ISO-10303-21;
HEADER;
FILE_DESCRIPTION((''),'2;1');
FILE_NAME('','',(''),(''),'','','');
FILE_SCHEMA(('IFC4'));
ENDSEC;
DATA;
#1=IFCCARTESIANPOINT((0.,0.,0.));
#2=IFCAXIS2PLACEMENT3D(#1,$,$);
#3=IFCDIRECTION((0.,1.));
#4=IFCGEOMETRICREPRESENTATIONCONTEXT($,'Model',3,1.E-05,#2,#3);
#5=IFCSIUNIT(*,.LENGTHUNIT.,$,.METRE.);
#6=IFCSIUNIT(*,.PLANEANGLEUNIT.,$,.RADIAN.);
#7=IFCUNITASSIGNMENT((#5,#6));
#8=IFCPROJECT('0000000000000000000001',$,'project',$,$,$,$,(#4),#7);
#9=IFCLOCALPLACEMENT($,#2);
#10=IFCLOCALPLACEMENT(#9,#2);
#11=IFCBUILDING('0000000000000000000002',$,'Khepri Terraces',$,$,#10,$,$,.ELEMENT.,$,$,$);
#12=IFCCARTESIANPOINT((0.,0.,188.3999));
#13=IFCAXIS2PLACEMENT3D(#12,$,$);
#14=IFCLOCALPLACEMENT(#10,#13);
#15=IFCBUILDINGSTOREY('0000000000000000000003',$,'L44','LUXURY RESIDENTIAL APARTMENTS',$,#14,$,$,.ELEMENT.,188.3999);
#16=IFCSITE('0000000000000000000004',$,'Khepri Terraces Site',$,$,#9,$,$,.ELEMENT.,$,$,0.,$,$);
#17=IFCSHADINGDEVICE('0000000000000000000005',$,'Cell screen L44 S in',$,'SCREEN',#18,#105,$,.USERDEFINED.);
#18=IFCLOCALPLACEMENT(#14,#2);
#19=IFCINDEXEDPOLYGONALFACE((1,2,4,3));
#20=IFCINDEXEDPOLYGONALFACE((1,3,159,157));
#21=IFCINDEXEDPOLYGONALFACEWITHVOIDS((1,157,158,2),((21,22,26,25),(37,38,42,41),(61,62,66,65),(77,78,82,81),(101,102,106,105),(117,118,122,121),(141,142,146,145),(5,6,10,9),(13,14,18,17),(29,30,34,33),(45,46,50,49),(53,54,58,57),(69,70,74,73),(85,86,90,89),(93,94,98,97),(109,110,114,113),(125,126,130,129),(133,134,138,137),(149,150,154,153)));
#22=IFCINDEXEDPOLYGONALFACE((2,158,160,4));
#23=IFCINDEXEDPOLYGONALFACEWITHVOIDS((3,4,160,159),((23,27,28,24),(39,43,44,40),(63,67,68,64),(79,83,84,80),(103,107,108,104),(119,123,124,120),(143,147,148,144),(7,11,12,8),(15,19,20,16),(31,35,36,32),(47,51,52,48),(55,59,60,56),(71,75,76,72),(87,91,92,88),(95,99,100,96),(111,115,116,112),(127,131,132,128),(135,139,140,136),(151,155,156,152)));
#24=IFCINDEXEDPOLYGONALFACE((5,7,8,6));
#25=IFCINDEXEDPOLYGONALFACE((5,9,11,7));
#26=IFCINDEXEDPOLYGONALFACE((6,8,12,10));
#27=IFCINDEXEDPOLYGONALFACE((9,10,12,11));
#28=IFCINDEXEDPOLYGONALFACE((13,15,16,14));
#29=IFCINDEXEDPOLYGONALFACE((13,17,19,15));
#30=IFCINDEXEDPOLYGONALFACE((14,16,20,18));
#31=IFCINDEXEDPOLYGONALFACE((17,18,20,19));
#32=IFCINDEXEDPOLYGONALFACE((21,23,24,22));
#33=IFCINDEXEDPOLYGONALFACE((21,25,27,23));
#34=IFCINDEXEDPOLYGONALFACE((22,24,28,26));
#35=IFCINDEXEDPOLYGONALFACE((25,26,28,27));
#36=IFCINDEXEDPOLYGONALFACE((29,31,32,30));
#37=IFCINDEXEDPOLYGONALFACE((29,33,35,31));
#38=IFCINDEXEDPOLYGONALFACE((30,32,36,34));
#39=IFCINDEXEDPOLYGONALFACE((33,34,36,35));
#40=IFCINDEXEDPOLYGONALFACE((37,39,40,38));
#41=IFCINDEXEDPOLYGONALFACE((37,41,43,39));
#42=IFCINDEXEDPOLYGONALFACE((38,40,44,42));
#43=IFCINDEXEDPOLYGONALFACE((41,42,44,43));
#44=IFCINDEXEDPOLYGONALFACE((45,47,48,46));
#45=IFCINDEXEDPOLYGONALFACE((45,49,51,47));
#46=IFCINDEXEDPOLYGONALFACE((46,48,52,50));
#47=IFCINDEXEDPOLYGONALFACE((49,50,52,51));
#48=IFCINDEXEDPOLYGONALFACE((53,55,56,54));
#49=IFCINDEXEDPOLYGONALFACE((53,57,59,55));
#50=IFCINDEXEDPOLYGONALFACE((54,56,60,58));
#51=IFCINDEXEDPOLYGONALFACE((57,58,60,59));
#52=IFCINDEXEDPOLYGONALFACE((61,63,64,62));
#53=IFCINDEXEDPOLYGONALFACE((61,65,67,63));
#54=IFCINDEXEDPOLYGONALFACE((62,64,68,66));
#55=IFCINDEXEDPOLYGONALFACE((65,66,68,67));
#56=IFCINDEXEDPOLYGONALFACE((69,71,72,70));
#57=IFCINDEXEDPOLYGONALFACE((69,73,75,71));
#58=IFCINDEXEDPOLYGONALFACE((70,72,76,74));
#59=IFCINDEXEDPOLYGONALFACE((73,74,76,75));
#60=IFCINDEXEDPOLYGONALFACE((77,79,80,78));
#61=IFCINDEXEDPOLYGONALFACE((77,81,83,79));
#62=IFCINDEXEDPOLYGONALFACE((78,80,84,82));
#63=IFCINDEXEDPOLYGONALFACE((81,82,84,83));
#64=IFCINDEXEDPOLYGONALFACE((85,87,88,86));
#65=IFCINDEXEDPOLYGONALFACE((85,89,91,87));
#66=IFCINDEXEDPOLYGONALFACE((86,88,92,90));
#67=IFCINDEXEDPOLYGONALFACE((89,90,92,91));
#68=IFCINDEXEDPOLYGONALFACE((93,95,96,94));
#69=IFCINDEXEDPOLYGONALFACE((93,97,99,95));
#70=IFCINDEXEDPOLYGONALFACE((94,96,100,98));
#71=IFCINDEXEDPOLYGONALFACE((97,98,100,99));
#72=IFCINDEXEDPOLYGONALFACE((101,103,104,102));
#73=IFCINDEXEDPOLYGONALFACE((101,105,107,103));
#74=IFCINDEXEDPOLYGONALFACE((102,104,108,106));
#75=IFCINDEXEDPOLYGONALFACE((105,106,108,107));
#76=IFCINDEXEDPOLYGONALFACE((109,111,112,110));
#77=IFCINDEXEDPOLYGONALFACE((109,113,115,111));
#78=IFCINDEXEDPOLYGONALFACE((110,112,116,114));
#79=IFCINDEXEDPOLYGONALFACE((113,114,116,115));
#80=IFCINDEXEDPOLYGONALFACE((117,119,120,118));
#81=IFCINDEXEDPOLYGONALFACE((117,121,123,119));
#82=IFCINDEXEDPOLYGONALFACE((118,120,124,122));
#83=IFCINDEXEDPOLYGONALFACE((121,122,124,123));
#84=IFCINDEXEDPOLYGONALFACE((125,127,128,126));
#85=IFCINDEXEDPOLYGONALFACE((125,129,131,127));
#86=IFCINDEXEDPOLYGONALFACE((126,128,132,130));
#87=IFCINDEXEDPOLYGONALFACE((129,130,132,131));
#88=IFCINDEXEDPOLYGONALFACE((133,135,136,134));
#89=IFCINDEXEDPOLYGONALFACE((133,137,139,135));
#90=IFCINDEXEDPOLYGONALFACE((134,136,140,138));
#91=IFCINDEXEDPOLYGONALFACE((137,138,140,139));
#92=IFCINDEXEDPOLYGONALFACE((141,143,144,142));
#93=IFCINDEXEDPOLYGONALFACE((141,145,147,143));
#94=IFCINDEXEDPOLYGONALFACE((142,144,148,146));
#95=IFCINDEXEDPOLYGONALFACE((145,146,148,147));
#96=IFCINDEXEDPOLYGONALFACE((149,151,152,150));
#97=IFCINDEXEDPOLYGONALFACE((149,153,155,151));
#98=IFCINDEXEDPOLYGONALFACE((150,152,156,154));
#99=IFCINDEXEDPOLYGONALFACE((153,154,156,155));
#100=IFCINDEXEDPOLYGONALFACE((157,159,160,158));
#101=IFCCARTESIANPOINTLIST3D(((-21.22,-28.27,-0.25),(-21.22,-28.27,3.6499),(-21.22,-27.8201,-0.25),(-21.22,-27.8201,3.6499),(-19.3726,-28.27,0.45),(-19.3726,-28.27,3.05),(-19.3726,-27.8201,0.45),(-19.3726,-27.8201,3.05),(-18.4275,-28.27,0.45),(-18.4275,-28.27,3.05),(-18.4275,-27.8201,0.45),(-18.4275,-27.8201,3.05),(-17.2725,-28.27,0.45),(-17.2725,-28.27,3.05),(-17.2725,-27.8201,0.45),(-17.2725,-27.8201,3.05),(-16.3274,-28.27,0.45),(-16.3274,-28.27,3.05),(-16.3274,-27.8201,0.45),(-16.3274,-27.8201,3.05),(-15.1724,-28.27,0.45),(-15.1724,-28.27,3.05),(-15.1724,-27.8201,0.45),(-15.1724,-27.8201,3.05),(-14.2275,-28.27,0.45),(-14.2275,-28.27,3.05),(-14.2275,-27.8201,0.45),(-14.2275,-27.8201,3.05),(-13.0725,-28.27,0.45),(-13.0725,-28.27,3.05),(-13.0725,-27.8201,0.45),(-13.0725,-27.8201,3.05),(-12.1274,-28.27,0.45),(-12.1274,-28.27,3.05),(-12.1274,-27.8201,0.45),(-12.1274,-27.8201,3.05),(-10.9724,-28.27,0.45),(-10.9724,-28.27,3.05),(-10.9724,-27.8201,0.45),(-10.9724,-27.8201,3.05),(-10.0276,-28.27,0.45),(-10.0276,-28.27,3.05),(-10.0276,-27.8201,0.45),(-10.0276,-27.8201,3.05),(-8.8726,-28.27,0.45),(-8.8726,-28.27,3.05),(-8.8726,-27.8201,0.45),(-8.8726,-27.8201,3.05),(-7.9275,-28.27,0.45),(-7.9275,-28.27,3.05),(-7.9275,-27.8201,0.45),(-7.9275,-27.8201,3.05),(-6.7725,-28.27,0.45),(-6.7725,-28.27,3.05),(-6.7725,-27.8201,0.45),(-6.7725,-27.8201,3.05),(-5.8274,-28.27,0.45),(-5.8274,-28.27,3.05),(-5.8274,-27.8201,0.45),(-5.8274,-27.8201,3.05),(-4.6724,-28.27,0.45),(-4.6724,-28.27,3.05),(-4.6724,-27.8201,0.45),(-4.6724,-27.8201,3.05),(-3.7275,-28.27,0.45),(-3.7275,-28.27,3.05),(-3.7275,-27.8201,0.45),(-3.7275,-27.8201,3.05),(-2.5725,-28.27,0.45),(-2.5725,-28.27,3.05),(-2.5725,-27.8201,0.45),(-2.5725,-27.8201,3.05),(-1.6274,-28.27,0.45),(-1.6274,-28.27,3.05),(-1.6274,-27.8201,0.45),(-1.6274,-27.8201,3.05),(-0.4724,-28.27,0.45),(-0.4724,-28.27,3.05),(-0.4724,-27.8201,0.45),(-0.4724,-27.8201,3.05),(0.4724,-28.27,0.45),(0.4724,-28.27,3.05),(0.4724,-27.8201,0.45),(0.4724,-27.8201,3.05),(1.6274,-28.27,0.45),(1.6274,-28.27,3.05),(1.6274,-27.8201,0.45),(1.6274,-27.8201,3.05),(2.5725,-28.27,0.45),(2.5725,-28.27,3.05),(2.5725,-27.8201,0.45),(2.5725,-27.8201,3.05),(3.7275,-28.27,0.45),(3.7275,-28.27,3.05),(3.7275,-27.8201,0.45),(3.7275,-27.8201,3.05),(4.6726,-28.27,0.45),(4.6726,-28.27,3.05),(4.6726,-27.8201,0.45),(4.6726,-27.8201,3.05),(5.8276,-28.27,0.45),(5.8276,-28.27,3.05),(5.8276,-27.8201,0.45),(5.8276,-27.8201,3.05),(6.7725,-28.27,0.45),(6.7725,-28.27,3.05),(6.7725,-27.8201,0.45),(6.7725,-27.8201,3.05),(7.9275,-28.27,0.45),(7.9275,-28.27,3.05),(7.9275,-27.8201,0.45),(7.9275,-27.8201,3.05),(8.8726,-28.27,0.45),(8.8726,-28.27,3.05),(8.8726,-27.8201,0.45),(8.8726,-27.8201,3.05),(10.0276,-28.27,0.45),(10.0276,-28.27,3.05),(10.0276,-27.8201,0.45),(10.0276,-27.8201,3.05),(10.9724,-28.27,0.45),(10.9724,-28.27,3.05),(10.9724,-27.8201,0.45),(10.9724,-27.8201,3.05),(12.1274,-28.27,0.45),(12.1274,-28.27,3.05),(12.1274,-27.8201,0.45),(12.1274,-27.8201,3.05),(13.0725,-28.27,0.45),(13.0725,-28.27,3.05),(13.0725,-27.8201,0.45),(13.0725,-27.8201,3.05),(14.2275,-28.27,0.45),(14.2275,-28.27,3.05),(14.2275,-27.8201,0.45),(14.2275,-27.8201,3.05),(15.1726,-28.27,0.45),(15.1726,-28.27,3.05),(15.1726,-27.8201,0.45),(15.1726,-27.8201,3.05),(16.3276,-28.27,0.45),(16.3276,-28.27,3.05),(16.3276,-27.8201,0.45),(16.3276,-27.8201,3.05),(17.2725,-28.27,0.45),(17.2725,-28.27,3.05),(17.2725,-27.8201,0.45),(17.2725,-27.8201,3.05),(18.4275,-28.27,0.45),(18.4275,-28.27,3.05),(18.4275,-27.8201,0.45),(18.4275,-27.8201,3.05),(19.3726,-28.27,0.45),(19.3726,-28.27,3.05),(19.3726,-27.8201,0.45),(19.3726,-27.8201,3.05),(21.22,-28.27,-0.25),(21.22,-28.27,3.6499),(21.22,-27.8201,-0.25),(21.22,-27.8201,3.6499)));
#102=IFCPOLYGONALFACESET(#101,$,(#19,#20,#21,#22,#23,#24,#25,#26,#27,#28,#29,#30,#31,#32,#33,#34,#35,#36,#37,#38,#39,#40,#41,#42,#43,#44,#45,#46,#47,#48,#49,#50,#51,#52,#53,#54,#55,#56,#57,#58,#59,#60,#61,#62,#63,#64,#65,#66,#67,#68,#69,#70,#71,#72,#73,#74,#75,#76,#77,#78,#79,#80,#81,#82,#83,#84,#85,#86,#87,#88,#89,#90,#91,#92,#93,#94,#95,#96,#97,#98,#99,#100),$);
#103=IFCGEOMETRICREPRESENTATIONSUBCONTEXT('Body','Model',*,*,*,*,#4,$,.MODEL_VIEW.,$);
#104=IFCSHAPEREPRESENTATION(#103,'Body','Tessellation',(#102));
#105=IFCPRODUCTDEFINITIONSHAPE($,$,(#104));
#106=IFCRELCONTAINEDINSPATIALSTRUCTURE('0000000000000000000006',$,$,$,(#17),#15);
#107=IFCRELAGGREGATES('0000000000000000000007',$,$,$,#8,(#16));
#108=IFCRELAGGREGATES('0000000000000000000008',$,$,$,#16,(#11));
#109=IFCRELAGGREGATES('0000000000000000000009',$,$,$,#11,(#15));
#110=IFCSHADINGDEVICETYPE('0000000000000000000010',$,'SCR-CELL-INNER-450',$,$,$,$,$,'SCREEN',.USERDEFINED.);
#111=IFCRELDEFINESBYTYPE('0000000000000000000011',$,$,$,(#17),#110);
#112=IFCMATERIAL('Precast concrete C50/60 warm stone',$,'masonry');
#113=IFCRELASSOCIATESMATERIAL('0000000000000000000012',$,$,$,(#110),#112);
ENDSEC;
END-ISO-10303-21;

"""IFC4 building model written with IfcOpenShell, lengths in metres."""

from ifc_helpers import new_model, si_unit, direction, frame, origin, place, context, subcontext, project, spatial, polyline, outline, extrude, material, type_object, element, save


model = new_model("IFC4")

# Units and contexts
model_context = context("Model", 3, precision=1e-05, world=origin(), true_north=direction((0.0, 1.0)))
body_context = subcontext(model_context, "Body", "Model", "MODEL_VIEW")
ifc_project = project(units=[si_unit("LENGTHUNIT", "METRE"), si_unit("PLANEANGLEUNIT", "RADIAN")], contexts=[model_context])

# Site, building, storey
site_placement = place(None, origin())
site = spatial("IfcSite", under=ifc_project, at=site_placement, Name="Khepri Terraces Site", CompositionType="ELEMENT", RefElevation=0.0)
building_placement = place(site_placement, origin())
building = spatial("IfcBuilding", under=site, at=building_placement, Name="Khepri Terraces", CompositionType="ELEMENT")
storey_placement = place(building_placement, frame((0.0, 0.0, 188.3999)))
storey = spatial("IfcBuildingStorey", under=building, at=storey_placement, Name="L44", Description="LUXURY RESIDENTIAL APARTMENTS", CompositionType="ELEMENT", Elevation=188.3999)

# Shared definitions
ifc_material_1 = material(Name="Precast concrete C50/60 warm stone", Category="masonry")

# Shading device
shading_device_type_1 = type_object("IfcShadingDeviceType", Name="SCR-CELL-INNER-450", ElementType="SCREEN", PredefinedType="USERDEFINED", material=ifc_material_1)
shading_device_1_placement = place(storey_placement, frame((-21.22, -27.8201, -0.25), z_axis=(0.0, -1.0, 0.0), x_axis=(1.0, 0.0, 0.0)))
element("IfcShadingDevice", 1, at=shading_device_1_placement, inside=storey, type_object=shading_device_type_1, Name="Cell screen L44 S in", ObjectType="SCREEN", PredefinedType="USERDEFINED", context=body_context, shape_type="SweptSolid", body=[
    extrude(outline(polyline([(0.0, 0.0), (42.4399, 0.0), (42.4399, 3.8999), (0.0, 3.8999), (0.0, 0.0)]), holes=[polyline([(1.8474, 0.7), (2.7925, 0.7), (2.7925, 3.3), (1.8474, 3.3), (1.8474, 0.7)]), polyline([(3.9475, 0.7), (4.8926, 0.7), (4.8926, 3.3), (3.9475, 3.3), (3.9475, 0.7)]), polyline([(6.0476, 0.7), (6.9924, 0.7), (6.9924, 3.3), (6.0476, 3.3), (6.0476, 0.7)]), polyline([(8.1475, 0.7), (9.0925, 0.7), (9.0925, 3.3), (8.1475, 3.3), (8.1475, 0.7)]), polyline([(10.2476, 0.7), (11.1924, 0.7), (11.1924, 3.3), (10.2476, 3.3), (10.2476, 0.7)]), polyline([(12.3474, 0.7), (13.2925, 0.7), (13.2925, 3.3), (12.3474, 3.3), (12.3474, 0.7)]), polyline([(14.4475, 0.7), (15.3926, 0.7), (15.3926, 3.3), (14.4475, 3.3), (14.4475, 0.7)]), polyline([(16.5476, 0.7), (17.4924, 0.7), (17.4924, 3.3), (16.5476, 3.3), (16.5476, 0.7)]), polyline([(18.6475, 0.7), (19.5925, 0.7), (19.5925, 3.3), (18.6475, 3.3), (18.6475, 0.7)]), polyline([(20.7476, 0.7), (21.6924, 0.7), (21.6924, 3.3), (20.7476, 3.3), (20.7476, 0.7)]), polyline([(22.8474, 0.7), (23.7925, 0.7), (23.7925, 3.3), (22.8474, 3.3), (22.8474, 0.7)]), polyline([(24.9475, 0.7), (25.8926, 0.7), (25.8926, 3.3), (24.9475, 3.3), (24.9475, 0.7)]), polyline([(27.0476, 0.7), (27.9924, 0.7), (27.9924, 3.3), (27.0476, 3.3), (27.0476, 0.7)]), polyline([(29.1475, 0.7), (30.0925, 0.7), (30.0925, 3.3), (29.1475, 3.3), (29.1475, 0.7)]), polyline([(31.2476, 0.7), (32.1924, 0.7), (32.1924, 3.3), (31.2476, 3.3), (31.2476, 0.7)]), polyline([(33.3474, 0.7), (34.2925, 0.7), (34.2925, 3.3), (33.3474, 3.3), (33.3474, 0.7)]), polyline([(35.4475, 0.7), (36.3926, 0.7), (36.3926, 3.3), (35.4475, 3.3), (35.4475, 0.7)]), polyline([(37.5476, 0.7), (38.4924, 0.7), (38.4924, 3.3), (37.5476, 3.3), (37.5476, 0.7)]), polyline([(39.6475, 0.7), (40.5925, 0.7), (40.5925, 3.3), (39.6475, 3.3), (39.6475, 0.7)])]), origin(), (0.0, 0.0, 1.0), 0.45),
])

save(model, "model.ifc")
